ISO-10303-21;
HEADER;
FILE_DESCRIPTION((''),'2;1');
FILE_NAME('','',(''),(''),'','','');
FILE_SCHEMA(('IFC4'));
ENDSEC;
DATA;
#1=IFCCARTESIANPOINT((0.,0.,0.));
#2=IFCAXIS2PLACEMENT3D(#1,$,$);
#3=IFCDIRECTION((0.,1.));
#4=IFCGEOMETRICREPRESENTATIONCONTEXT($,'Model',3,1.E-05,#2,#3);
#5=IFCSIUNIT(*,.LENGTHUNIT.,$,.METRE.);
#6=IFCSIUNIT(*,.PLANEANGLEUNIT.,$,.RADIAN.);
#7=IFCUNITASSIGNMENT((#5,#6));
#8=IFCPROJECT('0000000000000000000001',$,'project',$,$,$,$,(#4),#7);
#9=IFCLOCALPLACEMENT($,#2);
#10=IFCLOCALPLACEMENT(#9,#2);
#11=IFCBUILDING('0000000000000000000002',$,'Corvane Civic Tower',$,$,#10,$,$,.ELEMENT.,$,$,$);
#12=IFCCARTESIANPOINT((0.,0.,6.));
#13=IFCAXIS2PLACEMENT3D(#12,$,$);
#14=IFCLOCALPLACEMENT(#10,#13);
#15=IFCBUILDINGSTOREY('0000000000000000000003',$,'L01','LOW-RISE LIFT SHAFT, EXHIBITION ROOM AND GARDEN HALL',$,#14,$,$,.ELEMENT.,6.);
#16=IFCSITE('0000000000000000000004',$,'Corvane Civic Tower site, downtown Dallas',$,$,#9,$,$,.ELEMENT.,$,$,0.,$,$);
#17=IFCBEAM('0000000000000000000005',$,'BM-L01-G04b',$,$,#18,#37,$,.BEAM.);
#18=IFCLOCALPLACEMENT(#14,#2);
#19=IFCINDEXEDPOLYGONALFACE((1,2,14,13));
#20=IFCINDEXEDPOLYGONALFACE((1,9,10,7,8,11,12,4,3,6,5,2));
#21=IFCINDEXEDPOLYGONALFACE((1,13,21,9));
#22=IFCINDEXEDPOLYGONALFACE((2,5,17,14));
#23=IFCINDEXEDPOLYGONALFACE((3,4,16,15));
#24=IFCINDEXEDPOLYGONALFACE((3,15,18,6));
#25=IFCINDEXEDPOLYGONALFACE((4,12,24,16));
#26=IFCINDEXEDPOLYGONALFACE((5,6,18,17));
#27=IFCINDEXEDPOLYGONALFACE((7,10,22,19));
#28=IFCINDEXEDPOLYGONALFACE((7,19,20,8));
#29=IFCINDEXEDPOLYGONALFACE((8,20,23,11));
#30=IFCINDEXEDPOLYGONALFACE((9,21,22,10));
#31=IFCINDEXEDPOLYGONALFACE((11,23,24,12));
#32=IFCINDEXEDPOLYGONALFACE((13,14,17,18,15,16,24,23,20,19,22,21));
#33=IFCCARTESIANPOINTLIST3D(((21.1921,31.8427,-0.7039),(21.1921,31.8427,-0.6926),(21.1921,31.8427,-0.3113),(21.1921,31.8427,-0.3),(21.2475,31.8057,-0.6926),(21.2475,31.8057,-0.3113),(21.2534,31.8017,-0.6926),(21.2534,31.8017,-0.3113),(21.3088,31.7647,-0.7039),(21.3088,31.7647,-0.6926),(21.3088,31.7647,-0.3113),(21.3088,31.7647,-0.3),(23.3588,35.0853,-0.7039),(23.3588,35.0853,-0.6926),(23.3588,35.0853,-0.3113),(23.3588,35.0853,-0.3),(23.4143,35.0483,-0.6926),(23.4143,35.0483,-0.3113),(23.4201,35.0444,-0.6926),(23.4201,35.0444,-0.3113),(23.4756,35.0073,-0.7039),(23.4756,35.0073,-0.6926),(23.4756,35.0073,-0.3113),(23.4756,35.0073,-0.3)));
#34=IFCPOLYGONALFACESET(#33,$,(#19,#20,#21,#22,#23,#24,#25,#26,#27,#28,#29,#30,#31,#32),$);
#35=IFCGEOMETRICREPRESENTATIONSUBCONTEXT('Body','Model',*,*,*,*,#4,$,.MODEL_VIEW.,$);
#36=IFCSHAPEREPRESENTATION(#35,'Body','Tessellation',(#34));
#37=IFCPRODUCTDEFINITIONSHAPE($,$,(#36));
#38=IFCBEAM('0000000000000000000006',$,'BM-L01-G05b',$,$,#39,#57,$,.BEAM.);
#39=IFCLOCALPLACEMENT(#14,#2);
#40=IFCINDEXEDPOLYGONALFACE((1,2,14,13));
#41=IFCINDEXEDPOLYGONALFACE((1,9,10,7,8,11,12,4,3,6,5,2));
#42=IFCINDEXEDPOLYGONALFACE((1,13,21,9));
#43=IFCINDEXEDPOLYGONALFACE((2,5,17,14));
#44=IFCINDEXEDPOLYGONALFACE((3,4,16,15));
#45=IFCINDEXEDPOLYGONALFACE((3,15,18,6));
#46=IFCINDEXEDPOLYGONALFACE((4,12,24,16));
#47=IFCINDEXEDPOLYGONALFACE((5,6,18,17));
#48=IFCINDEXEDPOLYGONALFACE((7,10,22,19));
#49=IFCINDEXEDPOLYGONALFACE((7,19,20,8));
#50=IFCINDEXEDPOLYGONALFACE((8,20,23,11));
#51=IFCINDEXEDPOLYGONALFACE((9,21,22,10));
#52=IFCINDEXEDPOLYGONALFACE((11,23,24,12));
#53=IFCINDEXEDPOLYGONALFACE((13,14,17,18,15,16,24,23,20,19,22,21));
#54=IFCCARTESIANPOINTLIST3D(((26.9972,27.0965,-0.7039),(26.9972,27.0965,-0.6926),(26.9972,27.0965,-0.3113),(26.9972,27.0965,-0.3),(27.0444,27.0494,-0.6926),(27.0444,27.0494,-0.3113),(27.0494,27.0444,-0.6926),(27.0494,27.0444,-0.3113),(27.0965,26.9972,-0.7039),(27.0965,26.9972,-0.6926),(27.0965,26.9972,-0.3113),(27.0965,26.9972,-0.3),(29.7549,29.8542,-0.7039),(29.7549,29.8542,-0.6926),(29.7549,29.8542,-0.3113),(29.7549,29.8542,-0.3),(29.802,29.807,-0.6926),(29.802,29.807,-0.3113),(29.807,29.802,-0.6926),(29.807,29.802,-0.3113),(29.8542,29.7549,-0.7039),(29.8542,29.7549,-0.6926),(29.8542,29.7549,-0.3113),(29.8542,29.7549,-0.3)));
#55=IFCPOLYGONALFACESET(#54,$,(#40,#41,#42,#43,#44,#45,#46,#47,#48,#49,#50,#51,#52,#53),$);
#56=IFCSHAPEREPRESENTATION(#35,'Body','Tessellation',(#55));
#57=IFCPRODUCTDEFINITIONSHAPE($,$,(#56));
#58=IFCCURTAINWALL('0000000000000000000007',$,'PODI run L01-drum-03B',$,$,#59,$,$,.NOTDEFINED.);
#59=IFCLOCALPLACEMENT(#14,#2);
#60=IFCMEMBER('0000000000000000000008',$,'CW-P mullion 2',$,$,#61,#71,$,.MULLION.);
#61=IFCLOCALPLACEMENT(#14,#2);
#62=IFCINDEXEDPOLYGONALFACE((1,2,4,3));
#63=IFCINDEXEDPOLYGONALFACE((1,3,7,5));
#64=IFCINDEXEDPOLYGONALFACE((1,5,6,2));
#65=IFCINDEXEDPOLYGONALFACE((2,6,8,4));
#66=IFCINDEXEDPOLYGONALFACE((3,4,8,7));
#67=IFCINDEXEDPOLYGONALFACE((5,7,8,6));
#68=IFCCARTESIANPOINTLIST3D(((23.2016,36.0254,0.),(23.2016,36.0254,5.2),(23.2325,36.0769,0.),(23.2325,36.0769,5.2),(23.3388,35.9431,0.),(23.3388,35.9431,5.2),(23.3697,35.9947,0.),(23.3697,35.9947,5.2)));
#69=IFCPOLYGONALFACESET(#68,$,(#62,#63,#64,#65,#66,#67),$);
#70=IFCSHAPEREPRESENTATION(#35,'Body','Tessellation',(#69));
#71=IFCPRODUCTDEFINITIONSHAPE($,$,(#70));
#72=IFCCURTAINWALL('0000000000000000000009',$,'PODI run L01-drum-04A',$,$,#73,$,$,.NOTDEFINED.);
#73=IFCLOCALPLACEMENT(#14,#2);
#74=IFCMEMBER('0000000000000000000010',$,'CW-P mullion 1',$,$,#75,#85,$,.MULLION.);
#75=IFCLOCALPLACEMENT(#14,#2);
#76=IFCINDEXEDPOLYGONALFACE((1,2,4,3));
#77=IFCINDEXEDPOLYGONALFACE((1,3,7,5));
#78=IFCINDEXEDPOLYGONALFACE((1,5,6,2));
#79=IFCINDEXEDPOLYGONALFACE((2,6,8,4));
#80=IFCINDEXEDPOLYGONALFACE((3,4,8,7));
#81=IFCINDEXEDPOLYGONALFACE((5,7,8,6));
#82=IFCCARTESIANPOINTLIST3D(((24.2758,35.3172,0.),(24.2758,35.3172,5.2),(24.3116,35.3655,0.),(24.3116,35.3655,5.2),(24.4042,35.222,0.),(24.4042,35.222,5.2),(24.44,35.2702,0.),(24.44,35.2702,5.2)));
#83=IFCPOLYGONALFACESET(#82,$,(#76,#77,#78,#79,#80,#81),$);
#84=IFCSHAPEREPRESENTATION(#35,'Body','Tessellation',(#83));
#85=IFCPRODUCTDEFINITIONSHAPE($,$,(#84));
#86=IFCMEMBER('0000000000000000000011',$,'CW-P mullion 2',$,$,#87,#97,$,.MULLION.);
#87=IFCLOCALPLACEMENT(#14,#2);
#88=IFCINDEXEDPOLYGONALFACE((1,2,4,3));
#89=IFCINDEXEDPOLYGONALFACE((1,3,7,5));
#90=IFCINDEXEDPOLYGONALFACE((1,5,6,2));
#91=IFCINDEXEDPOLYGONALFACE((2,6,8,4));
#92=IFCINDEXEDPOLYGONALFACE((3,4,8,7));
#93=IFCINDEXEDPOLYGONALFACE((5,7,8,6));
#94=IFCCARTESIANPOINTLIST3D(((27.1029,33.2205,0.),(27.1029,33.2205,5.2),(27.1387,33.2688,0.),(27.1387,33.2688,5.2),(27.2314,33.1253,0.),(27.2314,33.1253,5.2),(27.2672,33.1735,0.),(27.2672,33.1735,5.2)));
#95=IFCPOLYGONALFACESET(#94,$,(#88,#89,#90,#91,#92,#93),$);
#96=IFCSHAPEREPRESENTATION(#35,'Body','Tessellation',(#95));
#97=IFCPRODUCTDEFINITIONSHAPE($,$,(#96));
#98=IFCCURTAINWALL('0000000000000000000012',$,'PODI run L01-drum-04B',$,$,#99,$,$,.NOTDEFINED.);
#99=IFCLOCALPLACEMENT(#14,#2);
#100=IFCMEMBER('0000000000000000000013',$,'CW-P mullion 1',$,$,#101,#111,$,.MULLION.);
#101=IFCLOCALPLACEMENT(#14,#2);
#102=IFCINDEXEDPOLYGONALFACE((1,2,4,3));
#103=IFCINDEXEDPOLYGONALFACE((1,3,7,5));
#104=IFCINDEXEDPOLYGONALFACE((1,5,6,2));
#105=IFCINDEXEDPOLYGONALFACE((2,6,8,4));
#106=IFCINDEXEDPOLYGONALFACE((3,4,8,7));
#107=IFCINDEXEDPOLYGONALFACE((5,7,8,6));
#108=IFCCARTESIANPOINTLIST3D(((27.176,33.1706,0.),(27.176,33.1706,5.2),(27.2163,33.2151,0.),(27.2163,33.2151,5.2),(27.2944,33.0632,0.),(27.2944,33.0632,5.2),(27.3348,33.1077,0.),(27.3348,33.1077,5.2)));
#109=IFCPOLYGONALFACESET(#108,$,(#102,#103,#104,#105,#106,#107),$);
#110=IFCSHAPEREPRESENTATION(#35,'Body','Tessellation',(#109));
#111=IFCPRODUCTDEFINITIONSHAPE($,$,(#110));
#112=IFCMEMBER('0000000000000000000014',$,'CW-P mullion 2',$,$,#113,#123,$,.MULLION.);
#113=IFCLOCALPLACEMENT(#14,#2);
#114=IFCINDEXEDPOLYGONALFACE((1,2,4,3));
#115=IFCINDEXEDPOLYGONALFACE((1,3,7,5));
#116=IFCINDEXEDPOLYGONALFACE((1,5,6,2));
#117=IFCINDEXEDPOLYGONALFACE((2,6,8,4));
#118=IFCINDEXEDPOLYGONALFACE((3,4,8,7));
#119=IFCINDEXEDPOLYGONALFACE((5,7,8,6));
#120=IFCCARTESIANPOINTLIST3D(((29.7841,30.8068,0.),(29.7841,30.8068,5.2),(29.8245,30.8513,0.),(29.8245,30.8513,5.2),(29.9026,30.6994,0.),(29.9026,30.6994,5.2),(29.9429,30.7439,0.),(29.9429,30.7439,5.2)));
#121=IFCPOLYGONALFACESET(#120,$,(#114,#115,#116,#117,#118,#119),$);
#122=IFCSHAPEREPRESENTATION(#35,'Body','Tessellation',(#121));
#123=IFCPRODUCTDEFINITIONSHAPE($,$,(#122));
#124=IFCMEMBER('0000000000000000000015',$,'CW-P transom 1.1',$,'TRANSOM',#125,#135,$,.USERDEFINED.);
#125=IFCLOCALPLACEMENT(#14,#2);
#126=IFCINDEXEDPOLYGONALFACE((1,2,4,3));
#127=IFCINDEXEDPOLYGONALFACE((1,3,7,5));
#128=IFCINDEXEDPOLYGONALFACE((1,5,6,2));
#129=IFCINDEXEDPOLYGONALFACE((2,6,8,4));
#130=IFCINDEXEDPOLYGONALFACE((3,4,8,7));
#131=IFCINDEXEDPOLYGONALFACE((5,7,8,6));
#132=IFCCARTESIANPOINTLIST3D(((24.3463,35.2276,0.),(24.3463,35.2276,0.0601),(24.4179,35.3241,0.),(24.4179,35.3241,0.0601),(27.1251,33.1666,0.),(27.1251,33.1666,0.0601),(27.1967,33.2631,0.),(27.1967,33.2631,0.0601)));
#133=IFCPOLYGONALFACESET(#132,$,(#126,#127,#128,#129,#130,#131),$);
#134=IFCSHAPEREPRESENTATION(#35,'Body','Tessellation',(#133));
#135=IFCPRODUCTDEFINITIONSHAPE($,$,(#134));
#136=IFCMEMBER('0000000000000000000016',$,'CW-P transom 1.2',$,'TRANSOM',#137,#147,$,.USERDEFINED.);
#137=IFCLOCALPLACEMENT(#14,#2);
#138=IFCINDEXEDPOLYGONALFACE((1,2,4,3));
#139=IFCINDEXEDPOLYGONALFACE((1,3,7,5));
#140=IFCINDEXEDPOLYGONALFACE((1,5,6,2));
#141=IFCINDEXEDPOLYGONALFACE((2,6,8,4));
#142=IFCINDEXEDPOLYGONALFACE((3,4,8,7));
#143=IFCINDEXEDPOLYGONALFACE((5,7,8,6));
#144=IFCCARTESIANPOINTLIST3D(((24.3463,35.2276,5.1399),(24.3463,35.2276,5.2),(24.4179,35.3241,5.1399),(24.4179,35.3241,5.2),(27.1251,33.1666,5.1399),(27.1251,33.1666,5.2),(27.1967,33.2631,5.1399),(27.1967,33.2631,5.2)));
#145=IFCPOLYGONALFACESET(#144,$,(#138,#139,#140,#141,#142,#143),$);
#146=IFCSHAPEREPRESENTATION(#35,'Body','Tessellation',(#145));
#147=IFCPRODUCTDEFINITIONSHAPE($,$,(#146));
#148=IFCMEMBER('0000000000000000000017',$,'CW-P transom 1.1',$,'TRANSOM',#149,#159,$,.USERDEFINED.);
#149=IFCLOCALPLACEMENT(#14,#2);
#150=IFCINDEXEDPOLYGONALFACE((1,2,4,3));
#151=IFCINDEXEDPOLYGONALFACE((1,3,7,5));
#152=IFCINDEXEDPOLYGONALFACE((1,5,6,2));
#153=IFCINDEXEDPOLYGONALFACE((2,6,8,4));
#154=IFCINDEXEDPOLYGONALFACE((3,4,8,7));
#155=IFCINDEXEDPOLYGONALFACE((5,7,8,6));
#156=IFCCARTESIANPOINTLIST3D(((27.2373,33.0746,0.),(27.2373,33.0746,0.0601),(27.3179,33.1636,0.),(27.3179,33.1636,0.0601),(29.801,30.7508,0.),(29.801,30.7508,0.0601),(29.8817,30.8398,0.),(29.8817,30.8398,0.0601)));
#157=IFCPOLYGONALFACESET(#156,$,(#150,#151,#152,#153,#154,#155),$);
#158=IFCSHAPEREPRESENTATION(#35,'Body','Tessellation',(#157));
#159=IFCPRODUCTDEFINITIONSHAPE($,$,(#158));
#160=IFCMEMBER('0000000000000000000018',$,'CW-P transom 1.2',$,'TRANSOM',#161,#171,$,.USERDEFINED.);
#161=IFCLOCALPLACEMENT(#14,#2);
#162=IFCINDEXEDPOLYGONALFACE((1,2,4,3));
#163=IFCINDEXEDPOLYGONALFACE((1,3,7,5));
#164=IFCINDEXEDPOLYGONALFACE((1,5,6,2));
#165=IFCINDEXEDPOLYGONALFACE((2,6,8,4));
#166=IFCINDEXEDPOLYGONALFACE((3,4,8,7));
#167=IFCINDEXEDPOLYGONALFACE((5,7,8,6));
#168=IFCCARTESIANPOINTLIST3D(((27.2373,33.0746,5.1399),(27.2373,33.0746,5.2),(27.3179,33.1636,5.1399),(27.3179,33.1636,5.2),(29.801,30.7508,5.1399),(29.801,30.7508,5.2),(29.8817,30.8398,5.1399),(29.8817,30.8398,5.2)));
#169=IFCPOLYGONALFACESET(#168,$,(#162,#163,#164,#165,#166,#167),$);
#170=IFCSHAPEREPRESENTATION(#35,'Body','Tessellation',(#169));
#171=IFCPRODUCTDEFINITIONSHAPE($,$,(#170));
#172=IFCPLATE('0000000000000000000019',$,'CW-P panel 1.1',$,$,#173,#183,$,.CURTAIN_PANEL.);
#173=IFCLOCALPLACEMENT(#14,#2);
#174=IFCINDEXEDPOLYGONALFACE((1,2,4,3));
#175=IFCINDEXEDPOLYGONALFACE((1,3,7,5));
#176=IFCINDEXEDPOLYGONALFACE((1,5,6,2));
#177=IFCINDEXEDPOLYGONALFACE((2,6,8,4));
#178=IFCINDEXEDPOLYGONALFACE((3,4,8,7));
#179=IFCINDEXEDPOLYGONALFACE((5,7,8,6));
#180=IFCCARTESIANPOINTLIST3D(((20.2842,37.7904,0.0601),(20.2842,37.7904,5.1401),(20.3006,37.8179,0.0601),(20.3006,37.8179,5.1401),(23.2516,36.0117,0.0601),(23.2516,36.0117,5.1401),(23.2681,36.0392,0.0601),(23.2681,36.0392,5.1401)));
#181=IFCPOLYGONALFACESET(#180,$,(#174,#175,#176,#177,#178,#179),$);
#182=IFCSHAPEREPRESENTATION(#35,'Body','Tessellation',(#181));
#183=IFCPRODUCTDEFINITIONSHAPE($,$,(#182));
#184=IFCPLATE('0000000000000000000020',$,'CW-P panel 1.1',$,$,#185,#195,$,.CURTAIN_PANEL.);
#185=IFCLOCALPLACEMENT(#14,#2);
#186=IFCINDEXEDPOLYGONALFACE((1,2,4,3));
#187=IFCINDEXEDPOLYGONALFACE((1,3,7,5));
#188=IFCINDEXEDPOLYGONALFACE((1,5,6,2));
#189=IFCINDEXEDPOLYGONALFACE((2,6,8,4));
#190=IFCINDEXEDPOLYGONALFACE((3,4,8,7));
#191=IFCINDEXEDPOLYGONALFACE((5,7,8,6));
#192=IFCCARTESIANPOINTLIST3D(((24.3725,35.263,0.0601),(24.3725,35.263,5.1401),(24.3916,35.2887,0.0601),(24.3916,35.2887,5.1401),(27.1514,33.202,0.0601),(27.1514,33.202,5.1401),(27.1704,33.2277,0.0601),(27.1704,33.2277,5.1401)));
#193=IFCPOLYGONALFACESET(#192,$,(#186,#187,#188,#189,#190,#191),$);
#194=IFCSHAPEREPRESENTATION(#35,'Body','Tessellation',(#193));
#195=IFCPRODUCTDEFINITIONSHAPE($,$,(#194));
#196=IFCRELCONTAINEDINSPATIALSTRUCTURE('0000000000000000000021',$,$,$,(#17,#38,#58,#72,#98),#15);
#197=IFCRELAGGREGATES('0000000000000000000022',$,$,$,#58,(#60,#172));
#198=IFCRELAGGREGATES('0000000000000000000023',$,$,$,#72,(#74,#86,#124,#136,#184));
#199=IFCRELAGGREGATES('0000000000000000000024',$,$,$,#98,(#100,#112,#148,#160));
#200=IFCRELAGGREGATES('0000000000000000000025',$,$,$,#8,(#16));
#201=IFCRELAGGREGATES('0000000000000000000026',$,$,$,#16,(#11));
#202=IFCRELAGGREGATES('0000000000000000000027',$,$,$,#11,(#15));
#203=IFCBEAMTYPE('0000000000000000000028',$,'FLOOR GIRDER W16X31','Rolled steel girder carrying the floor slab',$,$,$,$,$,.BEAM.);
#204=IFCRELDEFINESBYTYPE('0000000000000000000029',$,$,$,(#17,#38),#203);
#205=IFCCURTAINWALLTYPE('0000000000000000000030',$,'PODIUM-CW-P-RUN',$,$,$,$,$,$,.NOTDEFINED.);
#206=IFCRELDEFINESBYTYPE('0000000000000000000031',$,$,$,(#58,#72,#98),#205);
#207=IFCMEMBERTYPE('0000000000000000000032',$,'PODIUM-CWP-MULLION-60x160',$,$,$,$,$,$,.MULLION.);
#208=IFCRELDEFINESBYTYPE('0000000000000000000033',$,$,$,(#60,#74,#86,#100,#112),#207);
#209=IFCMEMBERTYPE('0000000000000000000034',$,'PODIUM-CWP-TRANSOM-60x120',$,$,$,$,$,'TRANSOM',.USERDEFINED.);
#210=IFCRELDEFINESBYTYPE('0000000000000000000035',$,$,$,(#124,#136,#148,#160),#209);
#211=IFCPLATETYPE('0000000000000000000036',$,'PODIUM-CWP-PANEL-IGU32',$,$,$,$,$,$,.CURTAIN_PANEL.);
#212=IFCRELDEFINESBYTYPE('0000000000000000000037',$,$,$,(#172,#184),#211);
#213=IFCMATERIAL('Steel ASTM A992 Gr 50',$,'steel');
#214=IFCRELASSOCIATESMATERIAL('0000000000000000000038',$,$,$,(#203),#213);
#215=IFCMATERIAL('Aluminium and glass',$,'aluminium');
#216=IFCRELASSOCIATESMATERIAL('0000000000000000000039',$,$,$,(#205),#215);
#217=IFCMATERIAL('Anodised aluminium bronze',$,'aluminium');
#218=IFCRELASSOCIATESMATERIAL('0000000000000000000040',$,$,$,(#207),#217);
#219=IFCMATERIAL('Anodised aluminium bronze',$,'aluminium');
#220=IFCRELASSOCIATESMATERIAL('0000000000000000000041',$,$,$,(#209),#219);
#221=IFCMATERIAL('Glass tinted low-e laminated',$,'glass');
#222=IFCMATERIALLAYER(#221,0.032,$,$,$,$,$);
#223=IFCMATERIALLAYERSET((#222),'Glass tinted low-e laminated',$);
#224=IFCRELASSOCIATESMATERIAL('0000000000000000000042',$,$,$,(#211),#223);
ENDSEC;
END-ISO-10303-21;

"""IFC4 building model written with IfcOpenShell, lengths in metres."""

from ifc_helpers import new_model, si_unit, direction, frame, origin, origin_2d, place, context, subcontext, project, spatial, rectangle, i_section, extrude, material, layer, layer_set, material_profile, profile_set, type_object, element, aggregate, save


model = new_model("IFC4")

# Units and contexts
model_context = context("Model", 3, precision=1e-05, world=origin(), true_north=direction((0.0, 1.0)))
body_context = subcontext(model_context, "Body", "Model", "MODEL_VIEW")
ifc_project = project(units=[si_unit("LENGTHUNIT", "METRE"), si_unit("PLANEANGLEUNIT", "RADIAN")], contexts=[model_context])

# Site, building, storey
site_placement = place(None, origin())
site = spatial("IfcSite", under=ifc_project, at=site_placement, Name="Corvane Civic Tower site, downtown Dallas", CompositionType="ELEMENT", RefElevation=0.0)
building_placement = place(site_placement, origin())
building = spatial("IfcBuilding", under=site, at=building_placement, Name="Corvane Civic Tower", CompositionType="ELEMENT")
storey_placement = place(building_placement, frame((0.0, 0.0, 6.0)))
storey = spatial("IfcBuildingStorey", under=building, at=storey_placement, Name="L01", Description="LOW-RISE LIFT SHAFT, EXHIBITION ROOM AND GARDEN HALL", CompositionType="ELEMENT", Elevation=6.0)

# Beams
ifc_material_1 = material(Name="Steel ASTM A992 Gr 50", Category="steel")
ifc_material_profile_1 = material_profile(ifc_material_1, i_section(OverallWidth=0.1404, OverallDepth=0.4038, WebThickness=0.0071, FlangeThickness=0.0112, at=origin_2d()), Name="W16X31")
ifc_profile_set_1 = profile_set([ifc_material_profile_1], Name="Steel ASTM A992 Gr 50")
beam_type_1 = type_object("IfcBeamType", Name="FLOOR GIRDER W16X31", Description="Rolled steel girder carrying the floor slab", PredefinedType="BEAM", material=ifc_profile_set_1)
for number, where, z_axis, x_axis, name in (
    (1, (21.2505, 31.8037, -0.502), (0.555581, 0.831462, 0.0), (-0.831462, 0.555581, 0.0), "BM-L01-G04b"),
    (2, (27.0469, 27.0469, -0.502), (0.707107, 0.707107, 0.0), (-0.707107, 0.707107, 0.0), "BM-L01-G05b"),
):
    element("IfcBeam", number, at=place(storey_placement, frame(where, z_axis=z_axis, x_axis=x_axis)), inside=storey, type_object=beam_type_1, Name=name, PredefinedType="BEAM", context=body_context, shape_type="SweptSolid", body=[
        extrude(i_section(OverallWidth=0.1404, OverallDepth=0.4038, WebThickness=0.0071, FlangeThickness=0.0112, at=origin_2d()), origin(), (0.0, 0.0, 1.0), 3.8999),
    ])

# Curtain wall, member
ifc_material_2 = material(Name="Aluminium and glass", Category="aluminium")
curtain_wall_type = type_object("IfcCurtainWallType", Name="PODIUM-CW-P-RUN", PredefinedType="NOTDEFINED", material=ifc_material_2)
curtain_wall_1_placement = place(storey_placement, origin())
curtain_wall_1 = element("IfcCurtainWall", 3, at=curtain_wall_1_placement, inside=storey, type_object=curtain_wall_type, Name="PODI run L01-drum-03B", PredefinedType="NOTDEFINED")
ifc_material_3 = material(Name="Anodised aluminium bronze", Category="aluminium")
ifc_material_profile_2 = material_profile(ifc_material_3, rectangle(XDim=0.0601, YDim=0.1599, at=origin_2d()), Name="AL 60x160")
ifc_profile_set_2 = profile_set([ifc_material_profile_2], Name="Anodised aluminium bronze")
member_type_1 = type_object("IfcMemberType", Name="PODIUM-CWP-MULLION-60x160", PredefinedType="MULLION", material=ifc_profile_set_2)
member_1_placement = place(storey_placement, frame((23.2856, 36.01, 0.0), z_axis=(0.0, 0.0, 1.0), x_axis=(0.514118, 0.85772, 0.0)))
member_1 = element("IfcMember", 4, at=member_1_placement, type_object=member_type_1, Name="CW-P mullion 2", PredefinedType="MULLION", context=body_context, shape_type="SweptSolid", body=[
    extrude(rectangle(XDim=0.0601, YDim=0.1599, at=origin_2d()), origin(), (0.0, 0.0, 1.0), 5.2),
])

# Curtain walls, members
curtain_wall_2_placement = place(storey_placement, origin())
curtain_wall_2 = element("IfcCurtainWall", 5, at=curtain_wall_2_placement, inside=storey, type_object=curtain_wall_type, Name="PODI run L01-drum-04A", PredefinedType="NOTDEFINED")
member_2_placement = place(storey_placement, frame((24.3579, 35.2937, 0.0), z_axis=(0.0, 0.0, 1.0), x_axis=(0.595705, 0.803203, 0.0)))
member_2 = element("IfcMember", 6, at=member_2_placement, type_object=member_type_1, Name="CW-P mullion 1", PredefinedType="MULLION", context=body_context, shape_type="SweptSolid", body=[
    extrude(rectangle(XDim=0.0601, YDim=0.1599, at=origin_2d()), origin(), (0.0, 0.0, 1.0), 5.2),
])
member_3_placement = place(storey_placement, frame((27.1851, 33.197, 0.0), z_axis=(0.0, 0.0, 1.0), x_axis=(0.595705, 0.803203, 0.0)))
member_3 = element("IfcMember", 7, at=member_3_placement, type_object=member_type_1, Name="CW-P mullion 2", PredefinedType="MULLION", context=body_context, shape_type="SweptSolid", body=[
    extrude(rectangle(XDim=0.0601, YDim=0.1599, at=origin_2d()), origin(), (0.0, 0.0, 1.0), 5.2),
])
curtain_wall_3_placement = place(storey_placement, origin())
curtain_wall_3 = element("IfcCurtainWall", 8, at=curtain_wall_3_placement, inside=storey, type_object=curtain_wall_type, Name="PODI run L01-drum-04B", PredefinedType="NOTDEFINED")
member_4_placement = place(storey_placement, frame((27.2554, 33.1392, 0.0), z_axis=(0.0, 0.0, 1.0), x_axis=(0.671576, 0.740935, 0.0)))
member_4 = element("IfcMember", 9, at=member_4_placement, type_object=member_type_1, Name="CW-P mullion 1", PredefinedType="MULLION", context=body_context, shape_type="SweptSolid", body=[
    extrude(rectangle(XDim=0.0601, YDim=0.1599, at=origin_2d()), origin(), (0.0, 0.0, 1.0), 5.2),
])
member_5_placement = place(storey_placement, frame((29.8635, 30.7754, 0.0), z_axis=(0.0, 0.0, 1.0), x_axis=(0.671576, 0.740935, 0.0)))
member_5 = element("IfcMember", 10, at=member_5_placement, type_object=member_type_1, Name="CW-P mullion 2", PredefinedType="MULLION", context=body_context, shape_type="SweptSolid", body=[
    extrude(rectangle(XDim=0.0601, YDim=0.1599, at=origin_2d()), origin(), (0.0, 0.0, 1.0), 5.2),
])

# Members
ifc_material_4 = material(Name="Anodised aluminium bronze", Category="aluminium")
ifc_material_profile_3 = material_profile(ifc_material_4, rectangle(XDim=0.1201, YDim=0.0601, at=origin_2d()), Name="AL 120x60")
ifc_profile_set_3 = profile_set([ifc_material_profile_3], Name="Anodised aluminium bronze")
member_type_2 = type_object("IfcMemberType", Name="PODIUM-CWP-TRANSOM-60x120", ElementType="TRANSOM", PredefinedType="USERDEFINED", material=ifc_profile_set_3)
member_6_placement = place(storey_placement, frame((24.3821, 35.2759, 0.03), z_axis=(0.80319, -0.595724, 0.0), x_axis=(0.595724, 0.80319, 0.0)))
member_6 = element("IfcMember", 11, at=member_6_placement, type_object=member_type_2, Name="CW-P transom 1.1", ObjectType="TRANSOM", PredefinedType="USERDEFINED", context=body_context, shape_type="SweptSolid", body=[
    extrude(rectangle(XDim=0.1201, YDim=0.0601, at=origin_2d()), origin(), (0.0, 0.0, 1.0), 3.4597),
])
member_7_placement = place(storey_placement, frame((24.3821, 35.2759, 5.1699), z_axis=(0.80319, -0.595724, 0.0), x_axis=(0.595724, 0.80319, 0.0)))
member_7 = element("IfcMember", 12, at=member_7_placement, type_object=member_type_2, Name="CW-P transom 1.2", ObjectType="TRANSOM", PredefinedType="USERDEFINED", context=body_context, shape_type="SweptSolid", body=[
    extrude(rectangle(XDim=0.1201, YDim=0.0601, at=origin_2d()), origin(), (0.0, 0.0, 1.0), 3.4597),
])
member_8_placement = place(storey_placement, frame((27.2776, 33.1191, 0.03), z_axis=(0.740935, -0.671576, 0.0), x_axis=(0.671576, 0.740935, 0.0)))
member_8 = element("IfcMember", 13, at=member_8_placement, type_object=member_type_2, Name="CW-P transom 1.1", ObjectType="TRANSOM", PredefinedType="USERDEFINED", context=body_context, shape_type="SweptSolid", body=[
    extrude(rectangle(XDim=0.1201, YDim=0.0601, at=origin_2d()), origin(), (0.0, 0.0, 1.0), 3.4602),
])
member_9_placement = place(storey_placement, frame((27.2776, 33.1191, 5.1699), z_axis=(0.740935, -0.671576, 0.0), x_axis=(0.671576, 0.740935, 0.0)))
member_9 = element("IfcMember", 14, at=member_9_placement, type_object=member_type_2, Name="CW-P transom 1.2", ObjectType="TRANSOM", PredefinedType="USERDEFINED", context=body_context, shape_type="SweptSolid", body=[
    extrude(rectangle(XDim=0.1201, YDim=0.0601, at=origin_2d()), origin(), (0.0, 0.0, 1.0), 3.4602),
])

# Plates
ifc_material_5 = material(Name="Glass tinted low-e laminated", Category="glass")
ifc_layer = layer(ifc_material_5, 0.032)
ifc_layer_set = layer_set([ifc_layer], Name="Glass tinted low-e laminated")
plate_type = type_object("IfcPlateType", Name="PODIUM-CWP-PANEL-IGU32", PredefinedType="CURTAIN_PANEL", material=ifc_layer_set)
plate_1_placement = place(storey_placement, frame((21.7761, 36.9148, 0.0601), z_axis=(0.0, 0.0, 1.0), x_axis=(0.85772, -0.514118, 0.0)))
plate_1 = element("IfcPlate", 15, at=plate_1_placement, type_object=plate_type, Name="CW-P panel 1.1", PredefinedType="CURTAIN_PANEL", context=body_context, shape_type="SweptSolid", body=[
    extrude(rectangle(XDim=3.4597, YDim=0.032, at=origin_2d()), origin(), (0.0, 0.0, 1.0), 5.0801),
])
aggregate(curtain_wall_1, [member_1, plate_1])
plate_2_placement = place(storey_placement, frame((25.7715, 34.2454, 0.0601), z_axis=(0.0, 0.0, 1.0), x_axis=(0.803203, -0.595705, 0.0)))
plate_2 = element("IfcPlate", 16, at=plate_2_placement, type_object=plate_type, Name="CW-P panel 1.1", PredefinedType="CURTAIN_PANEL", context=body_context, shape_type="SweptSolid", body=[
    extrude(rectangle(XDim=3.4597, YDim=0.032, at=origin_2d()), origin(), (0.0, 0.0, 1.0), 5.0801),
])
aggregate(curtain_wall_2, [member_2, member_3, member_6, member_7, plate_2])
aggregate(curtain_wall_3, [member_4, member_5, member_8, member_9])

save(model, "model.ifc")
